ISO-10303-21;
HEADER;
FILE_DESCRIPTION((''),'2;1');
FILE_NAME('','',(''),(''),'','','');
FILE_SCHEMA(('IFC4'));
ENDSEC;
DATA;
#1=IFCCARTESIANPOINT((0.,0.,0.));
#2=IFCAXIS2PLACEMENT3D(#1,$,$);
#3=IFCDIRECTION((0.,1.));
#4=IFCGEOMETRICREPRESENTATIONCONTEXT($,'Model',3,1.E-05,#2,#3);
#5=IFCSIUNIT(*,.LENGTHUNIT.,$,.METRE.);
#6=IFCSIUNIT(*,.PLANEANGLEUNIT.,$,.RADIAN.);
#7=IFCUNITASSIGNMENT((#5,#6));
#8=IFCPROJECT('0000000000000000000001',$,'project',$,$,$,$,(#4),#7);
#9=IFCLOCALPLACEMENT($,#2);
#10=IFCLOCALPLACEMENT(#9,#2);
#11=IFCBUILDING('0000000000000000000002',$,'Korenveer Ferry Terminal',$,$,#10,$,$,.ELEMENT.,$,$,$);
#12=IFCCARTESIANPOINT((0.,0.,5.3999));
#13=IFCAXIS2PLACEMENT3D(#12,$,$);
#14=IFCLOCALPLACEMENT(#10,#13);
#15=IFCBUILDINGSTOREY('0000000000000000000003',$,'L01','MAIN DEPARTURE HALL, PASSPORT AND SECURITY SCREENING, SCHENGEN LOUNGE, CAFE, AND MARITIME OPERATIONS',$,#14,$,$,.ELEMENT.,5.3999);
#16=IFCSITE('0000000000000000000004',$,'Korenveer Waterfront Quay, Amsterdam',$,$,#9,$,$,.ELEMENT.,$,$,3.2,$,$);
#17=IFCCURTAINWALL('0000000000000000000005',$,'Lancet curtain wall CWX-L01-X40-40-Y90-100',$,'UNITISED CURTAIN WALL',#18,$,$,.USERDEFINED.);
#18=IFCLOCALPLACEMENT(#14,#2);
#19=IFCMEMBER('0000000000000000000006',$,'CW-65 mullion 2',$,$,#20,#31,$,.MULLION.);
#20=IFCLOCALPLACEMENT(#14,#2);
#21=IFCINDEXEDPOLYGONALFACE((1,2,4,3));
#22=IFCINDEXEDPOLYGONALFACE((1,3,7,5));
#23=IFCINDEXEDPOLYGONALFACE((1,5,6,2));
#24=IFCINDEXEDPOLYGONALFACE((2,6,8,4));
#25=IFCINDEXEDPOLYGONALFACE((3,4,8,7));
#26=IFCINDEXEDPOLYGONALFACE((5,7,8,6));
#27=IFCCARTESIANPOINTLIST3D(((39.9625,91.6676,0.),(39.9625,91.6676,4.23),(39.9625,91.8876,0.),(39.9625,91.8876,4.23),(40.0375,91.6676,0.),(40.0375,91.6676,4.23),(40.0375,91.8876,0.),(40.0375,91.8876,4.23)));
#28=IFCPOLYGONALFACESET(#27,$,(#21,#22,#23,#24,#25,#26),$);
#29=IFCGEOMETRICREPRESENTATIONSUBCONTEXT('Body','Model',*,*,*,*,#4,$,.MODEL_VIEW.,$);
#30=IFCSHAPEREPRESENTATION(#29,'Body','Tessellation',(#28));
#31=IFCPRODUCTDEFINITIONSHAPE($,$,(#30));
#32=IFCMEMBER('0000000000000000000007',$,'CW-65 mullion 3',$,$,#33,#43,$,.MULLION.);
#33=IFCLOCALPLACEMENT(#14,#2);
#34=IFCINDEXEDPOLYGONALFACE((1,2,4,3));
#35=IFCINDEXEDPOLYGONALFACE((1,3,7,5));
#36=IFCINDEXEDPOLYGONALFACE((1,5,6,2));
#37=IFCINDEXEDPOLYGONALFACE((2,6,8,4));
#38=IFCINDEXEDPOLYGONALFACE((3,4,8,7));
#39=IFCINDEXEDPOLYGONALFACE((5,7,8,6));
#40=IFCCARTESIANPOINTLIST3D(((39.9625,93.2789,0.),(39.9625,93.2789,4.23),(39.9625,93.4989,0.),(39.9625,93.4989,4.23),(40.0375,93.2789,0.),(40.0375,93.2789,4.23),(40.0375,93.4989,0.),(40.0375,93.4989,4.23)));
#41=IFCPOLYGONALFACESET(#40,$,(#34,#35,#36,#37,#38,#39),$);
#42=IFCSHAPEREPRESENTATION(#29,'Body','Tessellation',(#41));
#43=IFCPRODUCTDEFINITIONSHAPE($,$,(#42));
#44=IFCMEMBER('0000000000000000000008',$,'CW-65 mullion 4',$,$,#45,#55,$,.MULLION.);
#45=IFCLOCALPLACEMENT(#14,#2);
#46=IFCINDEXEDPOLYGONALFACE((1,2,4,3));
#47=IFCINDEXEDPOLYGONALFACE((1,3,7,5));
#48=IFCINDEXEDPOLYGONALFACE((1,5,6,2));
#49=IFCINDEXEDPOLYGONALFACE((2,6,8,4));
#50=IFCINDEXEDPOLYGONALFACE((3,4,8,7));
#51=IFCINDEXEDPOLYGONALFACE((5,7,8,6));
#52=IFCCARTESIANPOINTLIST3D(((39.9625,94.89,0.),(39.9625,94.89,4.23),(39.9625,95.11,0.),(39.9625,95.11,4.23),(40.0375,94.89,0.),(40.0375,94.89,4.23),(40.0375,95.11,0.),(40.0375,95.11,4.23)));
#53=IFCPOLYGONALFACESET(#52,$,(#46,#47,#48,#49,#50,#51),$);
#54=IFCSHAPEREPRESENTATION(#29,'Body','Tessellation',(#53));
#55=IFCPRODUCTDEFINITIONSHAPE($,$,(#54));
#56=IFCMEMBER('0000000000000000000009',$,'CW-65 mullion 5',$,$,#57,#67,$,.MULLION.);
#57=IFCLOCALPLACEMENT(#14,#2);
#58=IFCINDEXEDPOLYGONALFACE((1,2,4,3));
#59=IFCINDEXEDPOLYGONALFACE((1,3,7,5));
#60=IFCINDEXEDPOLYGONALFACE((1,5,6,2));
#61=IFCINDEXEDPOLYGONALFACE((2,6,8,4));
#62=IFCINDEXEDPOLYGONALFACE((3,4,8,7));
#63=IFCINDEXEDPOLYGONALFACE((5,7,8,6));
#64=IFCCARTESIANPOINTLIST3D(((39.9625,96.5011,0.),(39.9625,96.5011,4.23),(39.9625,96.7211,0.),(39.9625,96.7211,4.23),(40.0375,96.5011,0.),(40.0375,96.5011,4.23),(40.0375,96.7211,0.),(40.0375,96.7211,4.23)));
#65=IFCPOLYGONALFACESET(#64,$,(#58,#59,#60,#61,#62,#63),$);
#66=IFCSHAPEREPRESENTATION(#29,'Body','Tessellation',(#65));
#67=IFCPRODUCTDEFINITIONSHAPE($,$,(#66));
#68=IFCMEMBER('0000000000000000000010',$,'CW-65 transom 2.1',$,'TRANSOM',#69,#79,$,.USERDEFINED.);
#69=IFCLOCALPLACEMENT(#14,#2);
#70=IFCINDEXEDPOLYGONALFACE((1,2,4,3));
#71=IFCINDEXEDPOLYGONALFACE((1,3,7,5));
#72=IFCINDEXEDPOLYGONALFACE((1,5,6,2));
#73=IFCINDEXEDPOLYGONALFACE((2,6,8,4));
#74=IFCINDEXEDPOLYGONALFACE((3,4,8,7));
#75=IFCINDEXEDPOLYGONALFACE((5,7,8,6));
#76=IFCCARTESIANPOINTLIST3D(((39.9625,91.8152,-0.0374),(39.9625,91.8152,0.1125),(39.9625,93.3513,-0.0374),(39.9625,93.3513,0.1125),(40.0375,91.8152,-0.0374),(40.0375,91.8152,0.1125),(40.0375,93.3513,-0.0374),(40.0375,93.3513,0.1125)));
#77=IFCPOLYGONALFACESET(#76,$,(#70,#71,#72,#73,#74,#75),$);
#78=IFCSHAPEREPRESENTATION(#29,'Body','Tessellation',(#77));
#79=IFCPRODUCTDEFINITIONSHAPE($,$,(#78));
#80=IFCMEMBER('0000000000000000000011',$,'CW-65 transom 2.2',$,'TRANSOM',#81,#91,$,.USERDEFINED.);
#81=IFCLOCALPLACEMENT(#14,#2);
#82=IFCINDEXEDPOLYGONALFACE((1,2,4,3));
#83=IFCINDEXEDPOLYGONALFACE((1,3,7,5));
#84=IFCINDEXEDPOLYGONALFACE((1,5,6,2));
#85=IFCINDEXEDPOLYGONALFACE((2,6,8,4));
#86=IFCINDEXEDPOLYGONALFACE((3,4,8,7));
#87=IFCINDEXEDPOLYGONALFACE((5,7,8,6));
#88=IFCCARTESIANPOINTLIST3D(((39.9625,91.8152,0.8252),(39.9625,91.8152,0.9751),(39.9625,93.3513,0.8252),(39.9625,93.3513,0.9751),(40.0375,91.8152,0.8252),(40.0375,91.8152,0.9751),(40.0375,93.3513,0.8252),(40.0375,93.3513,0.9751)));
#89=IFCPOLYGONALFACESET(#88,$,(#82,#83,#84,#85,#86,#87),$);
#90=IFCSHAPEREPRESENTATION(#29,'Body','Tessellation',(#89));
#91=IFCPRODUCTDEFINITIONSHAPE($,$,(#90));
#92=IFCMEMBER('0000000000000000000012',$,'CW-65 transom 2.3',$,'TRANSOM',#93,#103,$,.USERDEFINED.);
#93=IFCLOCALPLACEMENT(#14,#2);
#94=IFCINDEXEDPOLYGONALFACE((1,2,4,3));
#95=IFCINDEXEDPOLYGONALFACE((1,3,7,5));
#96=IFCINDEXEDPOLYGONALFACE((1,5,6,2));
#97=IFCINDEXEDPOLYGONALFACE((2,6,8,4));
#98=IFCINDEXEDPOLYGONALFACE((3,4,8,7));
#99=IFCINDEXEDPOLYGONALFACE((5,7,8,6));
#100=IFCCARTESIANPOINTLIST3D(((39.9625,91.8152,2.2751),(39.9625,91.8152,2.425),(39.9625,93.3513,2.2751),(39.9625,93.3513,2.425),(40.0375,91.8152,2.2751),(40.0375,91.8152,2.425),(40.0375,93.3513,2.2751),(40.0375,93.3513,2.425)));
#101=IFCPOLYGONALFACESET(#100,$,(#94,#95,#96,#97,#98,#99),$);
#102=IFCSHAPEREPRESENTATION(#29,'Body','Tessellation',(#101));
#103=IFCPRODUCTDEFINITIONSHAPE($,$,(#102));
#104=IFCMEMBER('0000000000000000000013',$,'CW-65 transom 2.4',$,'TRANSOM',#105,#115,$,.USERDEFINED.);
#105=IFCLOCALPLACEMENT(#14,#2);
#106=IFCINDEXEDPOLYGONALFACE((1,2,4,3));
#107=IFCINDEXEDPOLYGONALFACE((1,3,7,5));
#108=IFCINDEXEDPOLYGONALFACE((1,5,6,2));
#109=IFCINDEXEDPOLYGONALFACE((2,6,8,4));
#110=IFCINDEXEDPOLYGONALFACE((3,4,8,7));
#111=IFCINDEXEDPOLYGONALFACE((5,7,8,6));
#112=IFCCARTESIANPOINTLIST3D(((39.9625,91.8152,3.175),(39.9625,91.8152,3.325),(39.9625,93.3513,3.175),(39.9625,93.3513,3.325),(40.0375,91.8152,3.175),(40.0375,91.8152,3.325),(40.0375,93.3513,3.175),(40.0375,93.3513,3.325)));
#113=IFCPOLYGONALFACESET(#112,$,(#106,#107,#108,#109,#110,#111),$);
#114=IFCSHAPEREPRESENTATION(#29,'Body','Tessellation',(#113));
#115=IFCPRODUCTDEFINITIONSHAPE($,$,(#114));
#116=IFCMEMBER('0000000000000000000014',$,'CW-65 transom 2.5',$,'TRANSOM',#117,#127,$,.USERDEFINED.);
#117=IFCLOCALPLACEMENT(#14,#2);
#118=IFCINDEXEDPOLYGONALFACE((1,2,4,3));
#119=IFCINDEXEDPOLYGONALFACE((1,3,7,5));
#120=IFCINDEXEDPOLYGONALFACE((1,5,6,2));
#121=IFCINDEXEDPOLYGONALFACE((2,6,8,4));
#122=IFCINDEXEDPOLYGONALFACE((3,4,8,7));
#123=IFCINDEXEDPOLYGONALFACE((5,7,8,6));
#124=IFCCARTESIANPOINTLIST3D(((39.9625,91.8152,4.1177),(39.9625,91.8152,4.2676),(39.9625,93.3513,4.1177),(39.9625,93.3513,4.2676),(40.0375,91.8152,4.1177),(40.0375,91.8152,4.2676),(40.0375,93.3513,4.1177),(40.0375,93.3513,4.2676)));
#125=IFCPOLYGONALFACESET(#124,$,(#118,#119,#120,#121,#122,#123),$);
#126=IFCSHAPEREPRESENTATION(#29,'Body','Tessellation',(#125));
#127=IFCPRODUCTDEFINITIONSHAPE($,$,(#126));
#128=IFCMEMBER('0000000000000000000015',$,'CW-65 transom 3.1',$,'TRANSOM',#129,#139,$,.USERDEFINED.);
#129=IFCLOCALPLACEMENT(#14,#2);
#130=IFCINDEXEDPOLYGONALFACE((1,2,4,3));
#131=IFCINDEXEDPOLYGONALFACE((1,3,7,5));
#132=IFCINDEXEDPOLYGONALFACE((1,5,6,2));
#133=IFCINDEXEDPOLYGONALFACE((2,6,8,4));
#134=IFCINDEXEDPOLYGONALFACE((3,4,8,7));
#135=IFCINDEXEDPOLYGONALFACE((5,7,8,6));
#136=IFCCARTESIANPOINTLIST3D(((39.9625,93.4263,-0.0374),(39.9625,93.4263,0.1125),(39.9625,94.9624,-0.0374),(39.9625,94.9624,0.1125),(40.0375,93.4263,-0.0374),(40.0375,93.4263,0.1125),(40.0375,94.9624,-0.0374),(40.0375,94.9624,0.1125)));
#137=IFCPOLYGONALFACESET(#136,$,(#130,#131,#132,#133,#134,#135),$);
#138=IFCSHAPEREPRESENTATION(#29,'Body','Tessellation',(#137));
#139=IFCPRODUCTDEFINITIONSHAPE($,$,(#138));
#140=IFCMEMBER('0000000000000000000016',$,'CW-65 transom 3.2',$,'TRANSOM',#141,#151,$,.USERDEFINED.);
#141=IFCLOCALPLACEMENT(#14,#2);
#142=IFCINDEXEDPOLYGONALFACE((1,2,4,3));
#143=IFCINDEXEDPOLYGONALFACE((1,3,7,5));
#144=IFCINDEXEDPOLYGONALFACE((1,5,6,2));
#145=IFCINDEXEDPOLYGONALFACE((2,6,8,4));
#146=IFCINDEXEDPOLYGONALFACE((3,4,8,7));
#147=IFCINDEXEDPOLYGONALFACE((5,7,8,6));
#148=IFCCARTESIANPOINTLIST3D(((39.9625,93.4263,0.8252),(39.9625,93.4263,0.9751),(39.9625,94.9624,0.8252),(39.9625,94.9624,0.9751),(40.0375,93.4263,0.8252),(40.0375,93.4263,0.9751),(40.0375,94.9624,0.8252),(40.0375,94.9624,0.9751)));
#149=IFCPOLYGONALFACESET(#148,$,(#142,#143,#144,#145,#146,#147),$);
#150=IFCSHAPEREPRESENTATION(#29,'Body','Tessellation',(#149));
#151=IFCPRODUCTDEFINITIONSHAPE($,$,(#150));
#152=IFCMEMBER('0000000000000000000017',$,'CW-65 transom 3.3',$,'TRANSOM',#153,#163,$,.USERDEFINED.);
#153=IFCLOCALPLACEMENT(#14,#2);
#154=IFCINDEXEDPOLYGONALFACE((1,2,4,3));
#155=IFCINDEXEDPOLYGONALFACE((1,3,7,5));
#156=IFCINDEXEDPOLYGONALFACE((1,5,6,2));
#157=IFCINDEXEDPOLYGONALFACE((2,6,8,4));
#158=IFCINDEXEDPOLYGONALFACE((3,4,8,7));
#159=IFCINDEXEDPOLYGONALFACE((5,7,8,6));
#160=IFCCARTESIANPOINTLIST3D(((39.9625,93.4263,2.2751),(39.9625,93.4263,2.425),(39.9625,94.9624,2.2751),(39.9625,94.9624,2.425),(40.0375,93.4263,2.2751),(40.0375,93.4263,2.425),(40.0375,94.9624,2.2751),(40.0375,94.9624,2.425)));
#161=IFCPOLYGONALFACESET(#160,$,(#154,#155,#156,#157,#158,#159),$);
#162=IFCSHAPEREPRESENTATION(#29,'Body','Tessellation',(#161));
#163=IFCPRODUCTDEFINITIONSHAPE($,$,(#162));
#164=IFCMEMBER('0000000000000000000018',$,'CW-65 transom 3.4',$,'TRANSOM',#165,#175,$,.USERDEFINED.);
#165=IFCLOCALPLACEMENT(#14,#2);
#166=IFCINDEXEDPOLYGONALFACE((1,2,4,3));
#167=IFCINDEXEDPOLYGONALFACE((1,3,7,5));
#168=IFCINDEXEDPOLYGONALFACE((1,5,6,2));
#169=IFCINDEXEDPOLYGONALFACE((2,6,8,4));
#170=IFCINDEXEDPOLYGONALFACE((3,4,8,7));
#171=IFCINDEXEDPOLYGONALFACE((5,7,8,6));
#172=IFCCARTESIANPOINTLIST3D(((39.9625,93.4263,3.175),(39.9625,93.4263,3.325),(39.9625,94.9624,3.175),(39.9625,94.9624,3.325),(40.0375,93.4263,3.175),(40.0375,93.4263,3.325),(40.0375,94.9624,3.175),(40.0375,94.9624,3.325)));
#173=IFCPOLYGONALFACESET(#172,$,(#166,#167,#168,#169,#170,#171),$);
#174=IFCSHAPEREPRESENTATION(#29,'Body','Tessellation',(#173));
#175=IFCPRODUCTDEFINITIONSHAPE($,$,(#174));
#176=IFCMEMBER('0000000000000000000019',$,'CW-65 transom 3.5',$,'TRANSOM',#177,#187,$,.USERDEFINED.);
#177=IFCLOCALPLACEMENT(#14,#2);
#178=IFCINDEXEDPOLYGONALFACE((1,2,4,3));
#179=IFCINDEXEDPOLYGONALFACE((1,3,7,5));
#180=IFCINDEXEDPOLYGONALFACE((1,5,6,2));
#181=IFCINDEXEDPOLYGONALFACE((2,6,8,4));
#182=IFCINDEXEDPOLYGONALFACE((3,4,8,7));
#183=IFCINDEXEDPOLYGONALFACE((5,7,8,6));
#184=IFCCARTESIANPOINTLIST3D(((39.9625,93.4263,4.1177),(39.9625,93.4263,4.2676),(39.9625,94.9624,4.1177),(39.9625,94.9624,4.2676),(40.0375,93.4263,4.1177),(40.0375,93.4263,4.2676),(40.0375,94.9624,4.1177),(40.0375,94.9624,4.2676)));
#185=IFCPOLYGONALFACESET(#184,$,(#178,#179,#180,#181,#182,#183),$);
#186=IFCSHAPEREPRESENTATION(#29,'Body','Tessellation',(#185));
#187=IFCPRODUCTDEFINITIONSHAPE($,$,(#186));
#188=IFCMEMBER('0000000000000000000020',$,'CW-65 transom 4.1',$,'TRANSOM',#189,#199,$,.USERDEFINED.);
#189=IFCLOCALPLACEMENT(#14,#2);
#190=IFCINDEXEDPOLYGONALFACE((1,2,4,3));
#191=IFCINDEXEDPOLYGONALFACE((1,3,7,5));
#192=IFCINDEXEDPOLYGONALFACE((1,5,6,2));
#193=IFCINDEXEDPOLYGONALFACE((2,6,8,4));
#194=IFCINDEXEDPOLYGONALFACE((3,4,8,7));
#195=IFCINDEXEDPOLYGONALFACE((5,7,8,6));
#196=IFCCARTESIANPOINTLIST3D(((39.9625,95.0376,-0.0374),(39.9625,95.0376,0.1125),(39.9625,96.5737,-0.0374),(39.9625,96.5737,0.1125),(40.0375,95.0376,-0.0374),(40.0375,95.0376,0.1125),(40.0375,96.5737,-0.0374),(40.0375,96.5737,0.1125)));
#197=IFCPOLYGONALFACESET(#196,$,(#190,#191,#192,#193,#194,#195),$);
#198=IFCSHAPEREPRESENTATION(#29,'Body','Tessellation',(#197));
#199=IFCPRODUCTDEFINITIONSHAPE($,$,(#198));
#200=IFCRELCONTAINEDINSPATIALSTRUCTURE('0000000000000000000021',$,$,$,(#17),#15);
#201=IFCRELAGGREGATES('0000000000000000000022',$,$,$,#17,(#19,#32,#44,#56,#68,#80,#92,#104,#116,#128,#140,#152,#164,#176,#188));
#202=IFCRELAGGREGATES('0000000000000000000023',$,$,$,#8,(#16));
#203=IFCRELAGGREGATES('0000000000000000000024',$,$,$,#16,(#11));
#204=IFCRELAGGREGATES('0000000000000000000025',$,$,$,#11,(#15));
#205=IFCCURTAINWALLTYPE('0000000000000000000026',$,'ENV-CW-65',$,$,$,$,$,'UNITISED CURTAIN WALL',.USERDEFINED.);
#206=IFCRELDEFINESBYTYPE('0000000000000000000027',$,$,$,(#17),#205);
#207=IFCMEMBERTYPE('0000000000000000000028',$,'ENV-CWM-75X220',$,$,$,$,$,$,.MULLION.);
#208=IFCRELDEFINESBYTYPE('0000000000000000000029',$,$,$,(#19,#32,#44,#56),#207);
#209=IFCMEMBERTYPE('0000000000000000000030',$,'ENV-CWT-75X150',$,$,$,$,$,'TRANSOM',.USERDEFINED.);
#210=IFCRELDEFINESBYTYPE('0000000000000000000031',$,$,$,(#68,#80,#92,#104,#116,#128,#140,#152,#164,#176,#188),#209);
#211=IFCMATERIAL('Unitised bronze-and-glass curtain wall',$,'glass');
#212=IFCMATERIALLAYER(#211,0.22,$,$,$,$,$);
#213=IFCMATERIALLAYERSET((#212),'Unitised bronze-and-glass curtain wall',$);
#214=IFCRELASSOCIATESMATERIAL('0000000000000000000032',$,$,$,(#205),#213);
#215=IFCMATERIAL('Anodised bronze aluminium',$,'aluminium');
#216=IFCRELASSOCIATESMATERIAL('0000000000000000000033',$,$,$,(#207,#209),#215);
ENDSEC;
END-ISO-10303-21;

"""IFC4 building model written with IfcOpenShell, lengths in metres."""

from ifc_helpers import new_model, si_unit, direction, frame, origin, origin_2d, place, context, subcontext, project, spatial, rectangle, extrude, material, layer, layer_set, material_profile, profile_set, type_object, element, aggregate, save


model = new_model("IFC4")

# Units and contexts
model_context = context("Model", 3, precision=1e-05, world=origin(), true_north=direction((0.0, 1.0)))
body_context = subcontext(model_context, "Body", "Model", "MODEL_VIEW")
ifc_project = project(units=[si_unit("LENGTHUNIT", "METRE"), si_unit("PLANEANGLEUNIT", "RADIAN")], contexts=[model_context])

# Site, building, storey
site_placement = place(None, origin())
site = spatial("IfcSite", under=ifc_project, at=site_placement, Name="Korenveer Waterfront Quay, Amsterdam", CompositionType="ELEMENT", RefElevation=3.2)
building_placement = place(site_placement, origin())
building = spatial("IfcBuilding", under=site, at=building_placement, Name="Korenveer Ferry Terminal", CompositionType="ELEMENT")
storey_placement = place(building_placement, frame((0.0, 0.0, 5.3999)))
storey = spatial("IfcBuildingStorey", under=building, at=storey_placement, Name="L01", Description="MAIN DEPARTURE HALL, PASSPORT AND SECURITY SCREENING, SCHENGEN LOUNGE, CAFE, AND MARITIME OPERATIONS", CompositionType="ELEMENT", Elevation=5.3999)

# Curtain wall, members
ifc_material_1 = material(Name="Unitised bronze-and-glass curtain wall", Category="glass")
ifc_layer_1 = layer(ifc_material_1, 0.22)
ifc_layer_set_1 = layer_set([ifc_layer_1], Name="Unitised bronze-and-glass curtain wall")
curtain_wall_type = type_object("IfcCurtainWallType", Name="ENV-CW-65", ElementType="UNITISED CURTAIN WALL", PredefinedType="USERDEFINED", material=ifc_layer_set_1)
curtain_wall_placement = place(storey_placement, frame((40.0, 90.1665, 0.0)))
curtain_wall = element("IfcCurtainWall", 1, at=curtain_wall_placement, inside=storey, type_object=curtain_wall_type, Name="Lancet curtain wall CWX-L01-X40-40-Y90-100", ObjectType="UNITISED CURTAIN WALL", PredefinedType="USERDEFINED")
ifc_material_2 = material(Name="Anodised bronze aluminium", Category="aluminium")
ifc_material_profile_1 = material_profile(ifc_material_2, rectangle(XDim=0.075, YDim=0.22, at=origin_2d()), Name="ALU 75x220")
ifc_profile_set_1 = profile_set([ifc_material_profile_1], Name="Anodised bronze aluminium")
member_type_1 = type_object("IfcMemberType", Name="ENV-CWM-75X220", PredefinedType="MULLION", material=ifc_profile_set_1)
member_1_placement = place(storey_placement, frame((40.0, 91.7776, 0.0), z_axis=(0.0, 0.0, 1.0), x_axis=(-1.0, 0.0, 0.0)))
member_1 = element("IfcMember", 2, at=member_1_placement, type_object=member_type_1, Name="CW-65 mullion 2", PredefinedType="MULLION", context=body_context, shape_type="SweptSolid", body=[
    extrude(rectangle(XDim=0.075, YDim=0.22, at=origin_2d()), origin(), (0.0, 0.0, 1.0), 4.23),
])
member_2_placement = place(storey_placement, frame((40.0, 93.3889, 0.0), z_axis=(0.0, 0.0, 1.0), x_axis=(-1.0, 0.0, 0.0)))
member_2 = element("IfcMember", 3, at=member_2_placement, type_object=member_type_1, Name="CW-65 mullion 3", PredefinedType="MULLION", context=body_context, shape_type="SweptSolid", body=[
    extrude(rectangle(XDim=0.075, YDim=0.22, at=origin_2d()), origin(), (0.0, 0.0, 1.0), 4.23),
])
member_3_placement = place(storey_placement, frame((40.0, 95.0, 0.0), z_axis=(0.0, 0.0, 1.0), x_axis=(-1.0, 0.0, 0.0)))
member_3 = element("IfcMember", 4, at=member_3_placement, type_object=member_type_1, Name="CW-65 mullion 4", PredefinedType="MULLION", context=body_context, shape_type="SweptSolid", body=[
    extrude(rectangle(XDim=0.075, YDim=0.22, at=origin_2d()), origin(), (0.0, 0.0, 1.0), 4.23),
])
member_4_placement = place(storey_placement, frame((40.0, 96.6111, 0.0), z_axis=(0.0, 0.0, 1.0), x_axis=(-1.0, 0.0, 0.0)))
member_4 = element("IfcMember", 5, at=member_4_placement, type_object=member_type_1, Name="CW-65 mullion 5", PredefinedType="MULLION", context=body_context, shape_type="SweptSolid", body=[
    extrude(rectangle(XDim=0.075, YDim=0.22, at=origin_2d()), origin(), (0.0, 0.0, 1.0), 4.23),
])
ifc_material_profile_2 = material_profile(ifc_material_2, rectangle(XDim=0.075, YDim=0.1499, at=origin_2d()), Name="ALU 75x150")
ifc_profile_set_2 = profile_set([ifc_material_profile_2], Name="Anodised bronze aluminium")
member_type_2 = type_object("IfcMemberType", Name="ENV-CWT-75X150", ElementType="TRANSOM", PredefinedType="USERDEFINED", material=ifc_profile_set_2)
member_5_placement = place(storey_placement, frame((40.0, 91.8152, 0.0376), z_axis=(0.0, 1.0, 0.0), x_axis=(-1.0, 0.0, 0.0)))
member_5 = element("IfcMember", 6, at=member_5_placement, type_object=member_type_2, Name="CW-65 transom 2.1", ObjectType="TRANSOM", PredefinedType="USERDEFINED", context=body_context, shape_type="SweptSolid", body=[
    extrude(rectangle(XDim=0.075, YDim=0.1499, at=origin_2d()), origin(), (0.0, 0.0, 1.0), 1.5361),
])
member_6_placement = place(storey_placement, frame((40.0, 91.8152, 0.9001), z_axis=(0.0, 1.0, 0.0), x_axis=(-1.0, 0.0, 0.0)))
member_6 = element("IfcMember", 7, at=member_6_placement, type_object=member_type_2, Name="CW-65 transom 2.2", ObjectType="TRANSOM", PredefinedType="USERDEFINED", context=body_context, shape_type="SweptSolid", body=[
    extrude(rectangle(XDim=0.075, YDim=0.1499, at=origin_2d()), origin(), (0.0, 0.0, 1.0), 1.5361),
])
member_7_placement = place(storey_placement, frame((40.0, 91.8152, 2.3501), z_axis=(0.0, 1.0, 0.0), x_axis=(-1.0, 0.0, 0.0)))
member_7 = element("IfcMember", 8, at=member_7_placement, type_object=member_type_2, Name="CW-65 transom 2.3", ObjectType="TRANSOM", PredefinedType="USERDEFINED", context=body_context, shape_type="SweptSolid", body=[
    extrude(rectangle(XDim=0.075, YDim=0.1499, at=origin_2d()), origin(), (0.0, 0.0, 1.0), 1.5361),
])
member_8_placement = place(storey_placement, frame((40.0, 91.8152, 3.25), z_axis=(0.0, 1.0, 0.0), x_axis=(-1.0, 0.0, 0.0)))
member_8 = element("IfcMember", 9, at=member_8_placement, type_object=member_type_2, Name="CW-65 transom 2.4", ObjectType="TRANSOM", PredefinedType="USERDEFINED", context=body_context, shape_type="SweptSolid", body=[
    extrude(rectangle(XDim=0.075, YDim=0.1499, at=origin_2d()), origin(), (0.0, 0.0, 1.0), 1.5361),
])
member_9_placement = place(storey_placement, frame((40.0, 91.8152, 4.1926), z_axis=(0.0, 1.0, 0.0), x_axis=(-1.0, 0.0, 0.0)))
member_9 = element("IfcMember", 10, at=member_9_placement, type_object=member_type_2, Name="CW-65 transom 2.5", ObjectType="TRANSOM", PredefinedType="USERDEFINED", context=body_context, shape_type="SweptSolid", body=[
    extrude(rectangle(XDim=0.075, YDim=0.1499, at=origin_2d()), origin(), (0.0, 0.0, 1.0), 1.5361),
])
member_10_placement = place(storey_placement, frame((40.0, 93.4263, 0.0376), z_axis=(0.0, 1.0, 0.0), x_axis=(-1.0, 0.0, 0.0)))
member_10 = element("IfcMember", 11, at=member_10_placement, type_object=member_type_2, Name="CW-65 transom 3.1", ObjectType="TRANSOM", PredefinedType="USERDEFINED", context=body_context, shape_type="SweptSolid", body=[
    extrude(rectangle(XDim=0.075, YDim=0.1499, at=origin_2d()), origin(), (0.0, 0.0, 1.0), 1.5361),
])
member_11_placement = place(storey_placement, frame((40.0, 93.4263, 0.9001), z_axis=(0.0, 1.0, 0.0), x_axis=(-1.0, 0.0, 0.0)))
member_11 = element("IfcMember", 12, at=member_11_placement, type_object=member_type_2, Name="CW-65 transom 3.2", ObjectType="TRANSOM", PredefinedType="USERDEFINED", context=body_context, shape_type="SweptSolid", body=[
    extrude(rectangle(XDim=0.075, YDim=0.1499, at=origin_2d()), origin(), (0.0, 0.0, 1.0), 1.5361),
])
member_12_placement = place(storey_placement, frame((40.0, 93.4263, 2.3501), z_axis=(0.0, 1.0, 0.0), x_axis=(-1.0, 0.0, 0.0)))
member_12 = element("IfcMember", 13, at=member_12_placement, type_object=member_type_2, Name="CW-65 transom 3.3", ObjectType="TRANSOM", PredefinedType="USERDEFINED", context=body_context, shape_type="SweptSolid", body=[
    extrude(rectangle(XDim=0.075, YDim=0.1499, at=origin_2d()), origin(), (0.0, 0.0, 1.0), 1.5361),
])
member_13_placement = place(storey_placement, frame((40.0, 93.4263, 3.25), z_axis=(0.0, 1.0, 0.0), x_axis=(-1.0, 0.0, 0.0)))
member_13 = element("IfcMember", 14, at=member_13_placement, type_object=member_type_2, Name="CW-65 transom 3.4", ObjectType="TRANSOM", PredefinedType="USERDEFINED", context=body_context, shape_type="SweptSolid", body=[
    extrude(rectangle(XDim=0.075, YDim=0.1499, at=origin_2d()), origin(), (0.0, 0.0, 1.0), 1.5361),
])
member_14_placement = place(storey_placement, frame((40.0, 93.4263, 4.1926), z_axis=(0.0, 1.0, 0.0), x_axis=(-1.0, 0.0, 0.0)))
member_14 = element("IfcMember", 15, at=member_14_placement, type_object=member_type_2, Name="CW-65 transom 3.5", ObjectType="TRANSOM", PredefinedType="USERDEFINED", context=body_context, shape_type="SweptSolid", body=[
    extrude(rectangle(XDim=0.075, YDim=0.1499, at=origin_2d()), origin(), (0.0, 0.0, 1.0), 1.5361),
])
member_15_placement = place(storey_placement, frame((40.0, 95.0376, 0.0376), z_axis=(0.0, 1.0, 0.0), x_axis=(-1.0, 0.0, 0.0)))
member_15 = element("IfcMember", 16, at=member_15_placement, type_object=member_type_2, Name="CW-65 transom 4.1", ObjectType="TRANSOM", PredefinedType="USERDEFINED", context=body_context, shape_type="SweptSolid", body=[
    extrude(rectangle(XDim=0.075, YDim=0.1499, at=origin_2d()), origin(), (0.0, 0.0, 1.0), 1.5361),
])
aggregate(curtain_wall, [member_1, member_2, member_3, member_4, member_5, member_6, member_7, member_8, member_9, member_10, member_11, member_12, member_13, member_14, member_15])

save(model, "model.ifc")
